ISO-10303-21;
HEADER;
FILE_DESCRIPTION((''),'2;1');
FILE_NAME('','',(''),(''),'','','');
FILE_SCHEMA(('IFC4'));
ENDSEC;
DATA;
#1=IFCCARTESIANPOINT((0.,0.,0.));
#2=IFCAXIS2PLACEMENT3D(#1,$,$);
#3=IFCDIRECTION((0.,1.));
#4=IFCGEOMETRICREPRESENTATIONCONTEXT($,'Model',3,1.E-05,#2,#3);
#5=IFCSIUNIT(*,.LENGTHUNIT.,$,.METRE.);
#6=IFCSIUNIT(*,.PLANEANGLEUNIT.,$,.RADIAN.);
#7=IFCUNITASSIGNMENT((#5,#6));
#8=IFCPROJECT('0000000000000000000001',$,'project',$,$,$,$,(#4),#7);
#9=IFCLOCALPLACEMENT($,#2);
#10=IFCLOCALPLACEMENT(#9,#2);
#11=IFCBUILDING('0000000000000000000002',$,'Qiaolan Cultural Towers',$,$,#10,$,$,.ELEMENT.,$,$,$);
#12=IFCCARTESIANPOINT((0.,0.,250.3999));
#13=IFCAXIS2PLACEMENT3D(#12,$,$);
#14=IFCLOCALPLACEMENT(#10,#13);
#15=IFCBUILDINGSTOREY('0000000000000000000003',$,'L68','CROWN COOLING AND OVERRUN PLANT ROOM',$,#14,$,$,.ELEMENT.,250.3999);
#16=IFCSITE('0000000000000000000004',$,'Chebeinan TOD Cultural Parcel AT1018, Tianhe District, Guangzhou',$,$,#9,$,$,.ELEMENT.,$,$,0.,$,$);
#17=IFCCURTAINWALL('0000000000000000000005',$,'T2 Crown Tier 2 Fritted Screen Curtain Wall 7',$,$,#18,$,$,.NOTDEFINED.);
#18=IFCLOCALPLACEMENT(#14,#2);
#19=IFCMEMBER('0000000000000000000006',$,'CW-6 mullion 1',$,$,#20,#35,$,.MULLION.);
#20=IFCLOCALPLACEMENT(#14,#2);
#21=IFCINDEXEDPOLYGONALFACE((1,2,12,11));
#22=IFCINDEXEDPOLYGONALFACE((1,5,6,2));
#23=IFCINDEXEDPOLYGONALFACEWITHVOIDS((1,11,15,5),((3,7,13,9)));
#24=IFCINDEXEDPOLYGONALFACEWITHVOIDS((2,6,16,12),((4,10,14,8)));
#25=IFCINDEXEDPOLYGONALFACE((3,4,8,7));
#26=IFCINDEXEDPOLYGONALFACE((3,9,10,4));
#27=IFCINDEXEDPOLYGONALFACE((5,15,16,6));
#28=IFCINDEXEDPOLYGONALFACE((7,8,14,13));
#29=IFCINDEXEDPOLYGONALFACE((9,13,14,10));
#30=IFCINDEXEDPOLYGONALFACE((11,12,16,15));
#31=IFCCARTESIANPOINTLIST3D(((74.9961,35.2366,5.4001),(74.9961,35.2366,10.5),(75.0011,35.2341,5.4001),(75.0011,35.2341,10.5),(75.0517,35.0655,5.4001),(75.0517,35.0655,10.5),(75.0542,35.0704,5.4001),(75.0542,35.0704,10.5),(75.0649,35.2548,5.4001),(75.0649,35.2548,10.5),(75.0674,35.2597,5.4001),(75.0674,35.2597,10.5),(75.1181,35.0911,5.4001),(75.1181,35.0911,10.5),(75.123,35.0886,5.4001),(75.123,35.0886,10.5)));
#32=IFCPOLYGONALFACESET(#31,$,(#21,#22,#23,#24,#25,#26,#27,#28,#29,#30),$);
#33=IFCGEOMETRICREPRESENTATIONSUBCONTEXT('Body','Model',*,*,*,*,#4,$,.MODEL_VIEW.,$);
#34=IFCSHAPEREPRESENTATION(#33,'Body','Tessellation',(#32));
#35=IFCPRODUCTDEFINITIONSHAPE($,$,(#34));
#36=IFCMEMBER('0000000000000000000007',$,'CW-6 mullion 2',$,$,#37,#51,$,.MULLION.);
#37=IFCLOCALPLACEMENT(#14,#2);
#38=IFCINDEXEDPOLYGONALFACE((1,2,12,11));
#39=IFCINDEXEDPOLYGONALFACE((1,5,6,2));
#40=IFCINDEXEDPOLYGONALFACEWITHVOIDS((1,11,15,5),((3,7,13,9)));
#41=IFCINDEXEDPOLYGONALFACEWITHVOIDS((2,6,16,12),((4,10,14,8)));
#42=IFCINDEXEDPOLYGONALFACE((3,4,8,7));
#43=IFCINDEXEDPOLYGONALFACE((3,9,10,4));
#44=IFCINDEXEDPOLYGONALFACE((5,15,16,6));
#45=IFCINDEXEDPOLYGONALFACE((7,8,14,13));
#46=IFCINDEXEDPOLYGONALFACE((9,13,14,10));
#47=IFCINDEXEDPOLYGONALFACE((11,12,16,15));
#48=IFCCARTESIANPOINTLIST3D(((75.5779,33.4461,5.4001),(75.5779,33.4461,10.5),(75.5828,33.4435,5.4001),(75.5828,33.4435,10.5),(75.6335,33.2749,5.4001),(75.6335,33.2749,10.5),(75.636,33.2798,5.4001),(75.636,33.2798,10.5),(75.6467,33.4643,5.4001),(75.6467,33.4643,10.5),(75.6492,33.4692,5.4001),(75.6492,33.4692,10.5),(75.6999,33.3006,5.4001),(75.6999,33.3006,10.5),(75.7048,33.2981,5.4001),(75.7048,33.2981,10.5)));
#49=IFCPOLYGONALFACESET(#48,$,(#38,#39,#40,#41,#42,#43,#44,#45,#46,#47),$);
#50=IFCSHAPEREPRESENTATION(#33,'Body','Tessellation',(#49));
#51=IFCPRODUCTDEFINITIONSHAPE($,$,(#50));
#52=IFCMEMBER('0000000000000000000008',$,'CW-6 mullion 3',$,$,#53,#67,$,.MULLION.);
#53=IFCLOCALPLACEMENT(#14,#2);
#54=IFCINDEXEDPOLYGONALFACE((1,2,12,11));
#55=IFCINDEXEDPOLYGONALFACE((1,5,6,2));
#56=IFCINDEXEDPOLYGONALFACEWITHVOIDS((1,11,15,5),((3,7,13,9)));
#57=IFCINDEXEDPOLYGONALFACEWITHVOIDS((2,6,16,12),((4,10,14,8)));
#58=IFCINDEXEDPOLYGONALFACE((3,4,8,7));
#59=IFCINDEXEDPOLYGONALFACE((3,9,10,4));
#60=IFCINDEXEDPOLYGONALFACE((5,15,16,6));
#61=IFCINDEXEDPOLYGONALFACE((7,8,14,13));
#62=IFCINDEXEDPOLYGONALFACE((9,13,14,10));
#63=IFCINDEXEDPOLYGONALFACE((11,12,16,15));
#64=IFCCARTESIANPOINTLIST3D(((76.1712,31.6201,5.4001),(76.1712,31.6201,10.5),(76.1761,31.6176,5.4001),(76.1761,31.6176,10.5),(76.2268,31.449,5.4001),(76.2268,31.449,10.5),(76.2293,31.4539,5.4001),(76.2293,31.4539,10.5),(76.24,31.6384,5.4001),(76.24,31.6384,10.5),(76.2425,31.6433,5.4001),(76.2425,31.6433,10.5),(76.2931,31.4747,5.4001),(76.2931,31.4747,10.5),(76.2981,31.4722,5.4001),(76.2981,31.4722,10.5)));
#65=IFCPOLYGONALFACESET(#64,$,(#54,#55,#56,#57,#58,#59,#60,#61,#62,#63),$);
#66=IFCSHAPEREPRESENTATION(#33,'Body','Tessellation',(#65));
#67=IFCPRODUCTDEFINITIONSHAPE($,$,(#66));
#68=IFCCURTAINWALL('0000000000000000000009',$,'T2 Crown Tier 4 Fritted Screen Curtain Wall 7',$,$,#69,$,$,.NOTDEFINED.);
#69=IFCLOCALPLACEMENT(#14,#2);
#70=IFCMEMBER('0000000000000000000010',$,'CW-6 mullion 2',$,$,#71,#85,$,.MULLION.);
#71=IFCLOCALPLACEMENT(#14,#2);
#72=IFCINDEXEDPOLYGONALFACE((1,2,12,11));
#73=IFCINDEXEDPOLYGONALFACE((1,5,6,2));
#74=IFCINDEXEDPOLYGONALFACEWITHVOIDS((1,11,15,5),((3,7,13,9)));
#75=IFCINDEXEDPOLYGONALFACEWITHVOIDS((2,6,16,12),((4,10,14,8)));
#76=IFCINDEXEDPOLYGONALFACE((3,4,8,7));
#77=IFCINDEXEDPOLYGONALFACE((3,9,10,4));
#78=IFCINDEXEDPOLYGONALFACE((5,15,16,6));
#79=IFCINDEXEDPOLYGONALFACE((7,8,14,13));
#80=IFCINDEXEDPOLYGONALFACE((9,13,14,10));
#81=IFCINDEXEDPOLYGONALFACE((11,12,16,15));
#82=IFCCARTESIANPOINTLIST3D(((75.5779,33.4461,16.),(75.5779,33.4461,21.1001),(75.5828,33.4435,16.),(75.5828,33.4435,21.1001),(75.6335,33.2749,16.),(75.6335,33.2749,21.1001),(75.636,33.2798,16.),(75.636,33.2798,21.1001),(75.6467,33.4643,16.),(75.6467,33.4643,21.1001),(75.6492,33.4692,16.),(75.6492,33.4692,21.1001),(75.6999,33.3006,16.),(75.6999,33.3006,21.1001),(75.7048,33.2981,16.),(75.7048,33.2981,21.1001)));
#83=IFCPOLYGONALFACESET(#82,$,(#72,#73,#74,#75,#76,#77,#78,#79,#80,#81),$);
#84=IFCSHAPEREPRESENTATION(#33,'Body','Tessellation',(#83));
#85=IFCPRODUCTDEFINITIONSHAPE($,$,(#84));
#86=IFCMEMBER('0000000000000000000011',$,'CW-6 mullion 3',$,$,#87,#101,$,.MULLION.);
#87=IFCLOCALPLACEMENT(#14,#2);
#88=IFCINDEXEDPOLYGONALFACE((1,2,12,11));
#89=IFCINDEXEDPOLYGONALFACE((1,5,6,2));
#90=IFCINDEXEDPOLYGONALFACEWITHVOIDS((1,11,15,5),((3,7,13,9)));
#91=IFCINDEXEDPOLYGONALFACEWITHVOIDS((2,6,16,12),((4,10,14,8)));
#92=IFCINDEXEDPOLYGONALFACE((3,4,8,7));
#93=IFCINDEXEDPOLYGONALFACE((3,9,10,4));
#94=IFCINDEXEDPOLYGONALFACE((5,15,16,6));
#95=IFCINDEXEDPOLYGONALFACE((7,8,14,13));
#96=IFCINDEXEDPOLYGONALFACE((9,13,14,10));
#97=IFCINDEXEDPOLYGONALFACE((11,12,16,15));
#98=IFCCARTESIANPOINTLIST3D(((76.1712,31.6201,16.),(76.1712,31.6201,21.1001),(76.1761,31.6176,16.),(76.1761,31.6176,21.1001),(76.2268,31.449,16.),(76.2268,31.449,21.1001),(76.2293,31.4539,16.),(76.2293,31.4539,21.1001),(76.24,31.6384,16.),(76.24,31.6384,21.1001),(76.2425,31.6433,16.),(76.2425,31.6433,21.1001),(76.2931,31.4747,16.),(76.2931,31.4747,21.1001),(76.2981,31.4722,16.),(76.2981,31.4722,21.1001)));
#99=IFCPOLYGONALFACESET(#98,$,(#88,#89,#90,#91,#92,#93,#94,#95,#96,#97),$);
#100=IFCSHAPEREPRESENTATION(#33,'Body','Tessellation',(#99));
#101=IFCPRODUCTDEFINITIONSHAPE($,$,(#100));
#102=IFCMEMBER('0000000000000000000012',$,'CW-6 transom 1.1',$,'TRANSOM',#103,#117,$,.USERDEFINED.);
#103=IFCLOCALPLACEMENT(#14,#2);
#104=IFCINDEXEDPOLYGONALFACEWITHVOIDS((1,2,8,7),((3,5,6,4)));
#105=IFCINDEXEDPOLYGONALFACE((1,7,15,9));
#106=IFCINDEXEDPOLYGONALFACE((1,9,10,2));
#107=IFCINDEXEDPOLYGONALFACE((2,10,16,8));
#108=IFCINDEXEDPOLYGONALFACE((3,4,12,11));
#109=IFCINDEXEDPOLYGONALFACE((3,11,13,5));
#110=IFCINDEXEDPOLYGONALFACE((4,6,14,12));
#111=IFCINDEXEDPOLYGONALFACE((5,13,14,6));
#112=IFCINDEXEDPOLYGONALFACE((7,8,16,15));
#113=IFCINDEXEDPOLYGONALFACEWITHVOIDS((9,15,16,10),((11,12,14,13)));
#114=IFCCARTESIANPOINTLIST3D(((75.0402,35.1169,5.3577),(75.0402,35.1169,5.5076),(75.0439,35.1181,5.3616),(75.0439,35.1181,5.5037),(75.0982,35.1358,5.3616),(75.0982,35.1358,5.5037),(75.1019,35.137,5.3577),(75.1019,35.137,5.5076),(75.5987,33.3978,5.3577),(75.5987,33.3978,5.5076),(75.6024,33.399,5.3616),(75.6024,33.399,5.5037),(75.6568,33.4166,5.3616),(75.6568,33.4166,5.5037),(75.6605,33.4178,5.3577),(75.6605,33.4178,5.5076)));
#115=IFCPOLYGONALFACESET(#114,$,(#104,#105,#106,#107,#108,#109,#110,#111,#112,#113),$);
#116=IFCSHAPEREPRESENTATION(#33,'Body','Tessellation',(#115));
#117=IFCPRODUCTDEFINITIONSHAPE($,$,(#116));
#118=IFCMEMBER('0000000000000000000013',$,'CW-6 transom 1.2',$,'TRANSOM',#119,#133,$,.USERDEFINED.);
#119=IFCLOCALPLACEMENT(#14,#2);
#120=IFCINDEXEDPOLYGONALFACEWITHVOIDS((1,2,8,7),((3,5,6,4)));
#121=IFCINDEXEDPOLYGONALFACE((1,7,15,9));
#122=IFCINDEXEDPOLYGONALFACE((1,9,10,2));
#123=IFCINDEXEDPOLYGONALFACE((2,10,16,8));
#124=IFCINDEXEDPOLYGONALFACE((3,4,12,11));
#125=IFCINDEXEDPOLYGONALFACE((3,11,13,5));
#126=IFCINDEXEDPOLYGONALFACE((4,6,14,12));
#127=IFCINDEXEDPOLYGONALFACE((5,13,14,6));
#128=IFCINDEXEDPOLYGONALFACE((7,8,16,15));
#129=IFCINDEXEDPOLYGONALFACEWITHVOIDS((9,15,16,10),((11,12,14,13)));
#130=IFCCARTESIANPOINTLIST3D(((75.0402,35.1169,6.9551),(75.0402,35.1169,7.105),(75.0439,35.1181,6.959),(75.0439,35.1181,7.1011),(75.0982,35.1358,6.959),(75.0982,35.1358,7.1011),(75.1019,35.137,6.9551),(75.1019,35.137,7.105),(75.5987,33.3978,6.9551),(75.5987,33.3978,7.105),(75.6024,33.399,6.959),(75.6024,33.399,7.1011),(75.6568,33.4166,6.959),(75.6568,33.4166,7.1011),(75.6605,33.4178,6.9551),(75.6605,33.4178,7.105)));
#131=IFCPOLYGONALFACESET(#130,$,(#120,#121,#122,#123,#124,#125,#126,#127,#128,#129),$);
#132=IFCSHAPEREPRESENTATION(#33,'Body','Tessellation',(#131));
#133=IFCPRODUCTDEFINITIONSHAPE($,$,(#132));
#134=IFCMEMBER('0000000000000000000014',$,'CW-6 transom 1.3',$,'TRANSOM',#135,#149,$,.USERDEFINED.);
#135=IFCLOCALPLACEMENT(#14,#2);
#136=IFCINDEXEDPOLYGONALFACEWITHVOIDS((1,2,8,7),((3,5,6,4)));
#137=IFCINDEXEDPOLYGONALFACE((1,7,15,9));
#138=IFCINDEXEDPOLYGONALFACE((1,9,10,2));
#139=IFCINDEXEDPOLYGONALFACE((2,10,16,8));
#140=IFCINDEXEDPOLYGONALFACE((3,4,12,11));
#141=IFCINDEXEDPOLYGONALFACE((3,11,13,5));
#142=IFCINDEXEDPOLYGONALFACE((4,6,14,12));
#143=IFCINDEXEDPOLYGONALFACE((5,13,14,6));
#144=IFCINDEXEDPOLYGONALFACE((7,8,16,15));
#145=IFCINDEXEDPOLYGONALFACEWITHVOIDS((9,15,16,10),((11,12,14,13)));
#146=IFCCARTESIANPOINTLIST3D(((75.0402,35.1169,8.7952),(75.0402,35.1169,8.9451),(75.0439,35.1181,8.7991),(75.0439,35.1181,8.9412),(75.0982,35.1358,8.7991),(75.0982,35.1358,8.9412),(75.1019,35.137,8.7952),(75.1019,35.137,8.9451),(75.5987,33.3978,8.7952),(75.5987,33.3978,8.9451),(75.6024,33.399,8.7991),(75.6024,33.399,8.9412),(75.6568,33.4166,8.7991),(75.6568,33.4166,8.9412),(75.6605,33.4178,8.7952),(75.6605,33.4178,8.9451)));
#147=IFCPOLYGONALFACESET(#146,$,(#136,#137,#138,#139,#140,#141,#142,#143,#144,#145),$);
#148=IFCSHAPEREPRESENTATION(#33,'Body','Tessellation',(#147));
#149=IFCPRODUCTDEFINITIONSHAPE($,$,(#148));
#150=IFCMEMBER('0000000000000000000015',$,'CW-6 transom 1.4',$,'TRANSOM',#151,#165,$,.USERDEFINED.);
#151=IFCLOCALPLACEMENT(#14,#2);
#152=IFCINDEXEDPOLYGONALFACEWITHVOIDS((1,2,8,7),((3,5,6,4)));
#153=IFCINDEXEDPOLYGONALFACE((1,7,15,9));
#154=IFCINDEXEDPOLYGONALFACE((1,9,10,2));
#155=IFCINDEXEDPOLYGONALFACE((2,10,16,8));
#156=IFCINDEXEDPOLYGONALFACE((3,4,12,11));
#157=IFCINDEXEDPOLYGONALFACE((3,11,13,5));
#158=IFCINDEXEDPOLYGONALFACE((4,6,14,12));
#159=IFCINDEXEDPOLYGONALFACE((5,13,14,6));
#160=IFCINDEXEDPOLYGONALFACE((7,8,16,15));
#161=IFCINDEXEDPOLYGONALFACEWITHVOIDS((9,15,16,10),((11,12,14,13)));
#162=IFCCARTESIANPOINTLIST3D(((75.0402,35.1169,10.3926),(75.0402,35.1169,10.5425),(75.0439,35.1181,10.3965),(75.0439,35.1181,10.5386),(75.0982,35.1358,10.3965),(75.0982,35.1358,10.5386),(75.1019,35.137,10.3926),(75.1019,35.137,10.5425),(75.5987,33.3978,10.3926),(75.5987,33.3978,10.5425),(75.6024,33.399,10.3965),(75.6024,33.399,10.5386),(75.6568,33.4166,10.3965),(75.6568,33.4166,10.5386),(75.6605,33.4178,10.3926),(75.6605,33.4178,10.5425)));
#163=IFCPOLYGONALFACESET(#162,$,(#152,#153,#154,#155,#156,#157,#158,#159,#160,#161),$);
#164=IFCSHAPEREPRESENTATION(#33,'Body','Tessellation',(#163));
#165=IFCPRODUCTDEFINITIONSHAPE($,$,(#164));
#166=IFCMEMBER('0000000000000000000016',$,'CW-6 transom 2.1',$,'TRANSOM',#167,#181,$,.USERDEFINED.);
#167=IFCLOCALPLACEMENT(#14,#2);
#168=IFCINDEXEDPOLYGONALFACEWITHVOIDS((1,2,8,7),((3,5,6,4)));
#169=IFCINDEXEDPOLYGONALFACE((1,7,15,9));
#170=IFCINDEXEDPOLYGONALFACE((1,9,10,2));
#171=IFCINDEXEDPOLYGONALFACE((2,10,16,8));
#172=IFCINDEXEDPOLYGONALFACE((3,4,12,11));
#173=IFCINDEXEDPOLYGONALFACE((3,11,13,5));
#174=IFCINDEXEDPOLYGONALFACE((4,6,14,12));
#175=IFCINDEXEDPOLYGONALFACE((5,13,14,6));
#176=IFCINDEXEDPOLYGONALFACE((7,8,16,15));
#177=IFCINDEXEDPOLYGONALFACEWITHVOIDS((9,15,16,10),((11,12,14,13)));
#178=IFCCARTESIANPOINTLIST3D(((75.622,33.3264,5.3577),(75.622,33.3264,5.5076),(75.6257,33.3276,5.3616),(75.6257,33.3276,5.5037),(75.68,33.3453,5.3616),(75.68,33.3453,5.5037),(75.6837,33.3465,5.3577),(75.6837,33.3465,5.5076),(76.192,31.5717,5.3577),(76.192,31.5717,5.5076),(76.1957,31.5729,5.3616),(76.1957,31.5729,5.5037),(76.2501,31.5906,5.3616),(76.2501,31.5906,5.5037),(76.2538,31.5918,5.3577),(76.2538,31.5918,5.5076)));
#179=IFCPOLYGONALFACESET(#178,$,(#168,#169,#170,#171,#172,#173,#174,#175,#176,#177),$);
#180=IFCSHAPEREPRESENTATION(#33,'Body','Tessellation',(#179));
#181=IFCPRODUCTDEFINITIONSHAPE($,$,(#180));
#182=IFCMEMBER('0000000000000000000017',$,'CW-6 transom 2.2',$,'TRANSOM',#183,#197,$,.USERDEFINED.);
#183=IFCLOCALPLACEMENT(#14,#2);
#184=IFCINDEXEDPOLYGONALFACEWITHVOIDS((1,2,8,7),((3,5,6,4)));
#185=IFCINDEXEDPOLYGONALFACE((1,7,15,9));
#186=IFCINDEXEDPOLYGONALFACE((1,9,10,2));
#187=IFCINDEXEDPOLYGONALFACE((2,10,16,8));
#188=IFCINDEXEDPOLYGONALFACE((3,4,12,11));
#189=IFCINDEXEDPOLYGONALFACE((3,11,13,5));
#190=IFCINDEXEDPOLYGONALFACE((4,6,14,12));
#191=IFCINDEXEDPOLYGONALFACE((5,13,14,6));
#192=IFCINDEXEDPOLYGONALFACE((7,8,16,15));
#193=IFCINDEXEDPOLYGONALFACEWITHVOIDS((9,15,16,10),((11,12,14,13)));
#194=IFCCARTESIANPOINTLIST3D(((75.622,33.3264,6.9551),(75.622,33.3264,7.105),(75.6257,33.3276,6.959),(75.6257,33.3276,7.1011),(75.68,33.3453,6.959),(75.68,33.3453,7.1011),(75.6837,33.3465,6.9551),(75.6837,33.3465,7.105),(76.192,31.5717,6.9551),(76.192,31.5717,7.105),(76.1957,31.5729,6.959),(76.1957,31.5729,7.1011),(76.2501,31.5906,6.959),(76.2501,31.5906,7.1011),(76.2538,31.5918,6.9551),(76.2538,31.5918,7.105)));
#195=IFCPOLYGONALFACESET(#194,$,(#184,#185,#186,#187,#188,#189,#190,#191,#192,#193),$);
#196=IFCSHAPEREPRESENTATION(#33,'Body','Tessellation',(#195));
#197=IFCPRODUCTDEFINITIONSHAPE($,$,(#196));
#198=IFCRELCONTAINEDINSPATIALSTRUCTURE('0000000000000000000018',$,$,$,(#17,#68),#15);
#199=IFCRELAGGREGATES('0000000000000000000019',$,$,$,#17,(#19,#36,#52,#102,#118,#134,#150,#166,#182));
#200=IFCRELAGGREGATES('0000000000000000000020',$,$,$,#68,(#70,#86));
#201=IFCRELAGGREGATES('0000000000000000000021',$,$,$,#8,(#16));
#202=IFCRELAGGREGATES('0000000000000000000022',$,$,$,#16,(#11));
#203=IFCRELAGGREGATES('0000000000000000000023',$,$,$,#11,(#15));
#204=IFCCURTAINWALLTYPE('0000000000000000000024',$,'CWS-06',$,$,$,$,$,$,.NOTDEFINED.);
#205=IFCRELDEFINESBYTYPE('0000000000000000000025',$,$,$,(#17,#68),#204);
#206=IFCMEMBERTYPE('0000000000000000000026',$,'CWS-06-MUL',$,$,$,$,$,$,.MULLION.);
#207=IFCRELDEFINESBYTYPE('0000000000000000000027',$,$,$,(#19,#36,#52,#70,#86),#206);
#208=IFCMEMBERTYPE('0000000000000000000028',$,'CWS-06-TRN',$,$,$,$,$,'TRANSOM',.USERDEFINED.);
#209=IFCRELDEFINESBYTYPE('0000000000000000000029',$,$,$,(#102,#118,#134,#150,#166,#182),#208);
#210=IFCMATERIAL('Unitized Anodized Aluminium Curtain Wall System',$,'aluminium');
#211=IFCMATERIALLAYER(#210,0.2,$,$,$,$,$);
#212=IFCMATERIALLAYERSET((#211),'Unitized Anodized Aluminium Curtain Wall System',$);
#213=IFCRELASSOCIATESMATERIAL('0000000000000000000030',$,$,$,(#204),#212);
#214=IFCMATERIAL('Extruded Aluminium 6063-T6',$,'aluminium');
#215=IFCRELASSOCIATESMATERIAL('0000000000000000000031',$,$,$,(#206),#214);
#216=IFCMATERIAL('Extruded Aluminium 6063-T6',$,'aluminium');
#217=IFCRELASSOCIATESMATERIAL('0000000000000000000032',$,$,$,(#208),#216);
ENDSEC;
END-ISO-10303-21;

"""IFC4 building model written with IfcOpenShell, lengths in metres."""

from ifc_helpers import new_model, si_unit, direction, frame, origin, origin_2d, place, context, subcontext, project, spatial, hollow_rectangle, extrude, material, layer, layer_set, material_profile, profile_set, type_object, element, aggregate, save


model = new_model("IFC4")

# Units and contexts
model_context = context("Model", 3, precision=1e-05, world=origin(), true_north=direction((0.0, 1.0)))
body_context = subcontext(model_context, "Body", "Model", "MODEL_VIEW")
ifc_project = project(units=[si_unit("LENGTHUNIT", "METRE"), si_unit("PLANEANGLEUNIT", "RADIAN")], contexts=[model_context])

# Site, building, storey
site_placement = place(None, origin())
site = spatial("IfcSite", under=ifc_project, at=site_placement, Name="Chebeinan TOD Cultural Parcel AT1018, Tianhe District, Guangzhou", CompositionType="ELEMENT", RefElevation=0.0)
building_placement = place(site_placement, origin())
building = spatial("IfcBuilding", under=site, at=building_placement, Name="Qiaolan Cultural Towers", CompositionType="ELEMENT")
storey_placement = place(building_placement, frame((0.0, 0.0, 250.3999)))
storey = spatial("IfcBuildingStorey", under=building, at=storey_placement, Name="L68", Description="CROWN COOLING AND OVERRUN PLANT ROOM", CompositionType="ELEMENT", Elevation=250.3999)

# Curtain walls, members
ifc_material_1 = material(Name="Unitized Anodized Aluminium Curtain Wall System", Category="aluminium")
ifc_layer_1 = layer(ifc_material_1, 0.2)
ifc_layer_set_1 = layer_set([ifc_layer_1], Name="Unitized Anodized Aluminium Curtain Wall System")
curtain_wall_type = type_object("IfcCurtainWallType", Name="CWS-06", PredefinedType="NOTDEFINED", material=ifc_layer_set_1)
curtain_wall_1_placement = place(storey_placement, origin())
curtain_wall_1 = element("IfcCurtainWall", 1, at=curtain_wall_1_placement, inside=storey, type_object=curtain_wall_type, Name="T2 Crown Tier 2 Fritted Screen Curtain Wall 7", PredefinedType="NOTDEFINED")
ifc_material_2 = material(Name="Extruded Aluminium 6063-T6", Category="aluminium")
ifc_material_profile_1 = material_profile(ifc_material_2, hollow_rectangle(XDim=0.075, YDim=0.1799, WallThickness=0.0039, at=origin_2d()), Name="CWM-180x75x4")
ifc_profile_set_1 = profile_set([ifc_material_profile_1], Name="Extruded Aluminium 6063-T6")
member_type_1 = type_object("IfcMemberType", Name="CWS-06-MUL", PredefinedType="MULLION", material=ifc_profile_set_1)
member_1_placement = place(storey_placement, frame((75.0596, 35.1626, 5.4001), z_axis=(0.0, 0.0, 1.0), x_axis=(0.951057, 0.309017, 0.0)))
member_1 = element("IfcMember", 2, at=member_1_placement, type_object=member_type_1, Name="CW-6 mullion 1", PredefinedType="MULLION", context=body_context, shape_type="SweptSolid", body=[
    extrude(hollow_rectangle(XDim=0.075, YDim=0.1799, WallThickness=0.0039, at=origin_2d()), origin(), (0.0, 0.0, 1.0), 5.0999),
])
member_2_placement = place(storey_placement, frame((75.6414, 33.3721, 5.4001), z_axis=(0.0, 0.0, 1.0), x_axis=(0.951057, 0.309017, 0.0)))
member_2 = element("IfcMember", 3, at=member_2_placement, type_object=member_type_1, Name="CW-6 mullion 2", PredefinedType="MULLION", context=body_context, shape_type="SweptSolid", body=[
    extrude(hollow_rectangle(XDim=0.075, YDim=0.1799, WallThickness=0.0039, at=origin_2d()), origin(), (0.0, 0.0, 1.0), 5.0999),
])
member_3_placement = place(storey_placement, frame((76.2346, 31.5461, 5.4001), z_axis=(0.0, 0.0, 1.0), x_axis=(0.951057, 0.309017, 0.0)))
member_3 = element("IfcMember", 4, at=member_3_placement, type_object=member_type_1, Name="CW-6 mullion 3", PredefinedType="MULLION", context=body_context, shape_type="SweptSolid", body=[
    extrude(hollow_rectangle(XDim=0.075, YDim=0.1799, WallThickness=0.0039, at=origin_2d()), origin(), (0.0, 0.0, 1.0), 5.0999),
])
curtain_wall_2_placement = place(storey_placement, origin())
curtain_wall_2 = element("IfcCurtainWall", 5, at=curtain_wall_2_placement, inside=storey, type_object=curtain_wall_type, Name="T2 Crown Tier 4 Fritted Screen Curtain Wall 7", PredefinedType="NOTDEFINED")
member_4_placement = place(storey_placement, frame((75.6414, 33.3721, 16.0), z_axis=(0.0, 0.0, 1.0), x_axis=(0.951057, 0.309017, 0.0)))
member_4 = element("IfcMember", 6, at=member_4_placement, type_object=member_type_1, Name="CW-6 mullion 2", PredefinedType="MULLION", context=body_context, shape_type="SweptSolid", body=[
    extrude(hollow_rectangle(XDim=0.075, YDim=0.1799, WallThickness=0.0039, at=origin_2d()), origin(), (0.0, 0.0, 1.0), 5.1001),
])
member_5_placement = place(storey_placement, frame((76.2346, 31.5461, 16.0), z_axis=(0.0, 0.0, 1.0), x_axis=(0.951057, 0.309017, 0.0)))
member_5 = element("IfcMember", 7, at=member_5_placement, type_object=member_type_1, Name="CW-6 mullion 3", PredefinedType="MULLION", context=body_context, shape_type="SweptSolid", body=[
    extrude(hollow_rectangle(XDim=0.075, YDim=0.1799, WallThickness=0.0039, at=origin_2d()), origin(), (0.0, 0.0, 1.0), 5.1001),
])

# Members
ifc_material_3 = material(Name="Extruded Aluminium 6063-T6", Category="aluminium")
ifc_material_profile_2 = material_profile(ifc_material_3, hollow_rectangle(XDim=0.0649, YDim=0.1499, WallThickness=0.0039, at=origin_2d()), Name="CWT-150x65x4")
ifc_profile_set_2 = profile_set([ifc_material_profile_2], Name="Extruded Aluminium 6063-T6")
member_type_2 = type_object("IfcMemberType", Name="CWS-06-TRN", ElementType="TRANSOM", PredefinedType="USERDEFINED", material=ifc_profile_set_2)
member_6_placement = place(storey_placement, frame((75.071, 35.127, 5.4326), z_axis=(0.309007, -0.95106, 0.0), x_axis=(0.95106, 0.309007, 0.0)))
member_6 = element("IfcMember", 8, at=member_6_placement, type_object=member_type_2, Name="CW-6 transom 1.1", ObjectType="TRANSOM", PredefinedType="USERDEFINED", context=body_context, shape_type="SweptSolid", body=[
    extrude(hollow_rectangle(XDim=0.0649, YDim=0.1499, WallThickness=0.0039, at=origin_2d()), origin(), (0.0, 0.0, 1.0), 1.8076),
])
member_7_placement = place(storey_placement, frame((75.071, 35.127, 7.03), z_axis=(0.309007, -0.95106, 0.0), x_axis=(0.95106, 0.309007, 0.0)))
member_7 = element("IfcMember", 9, at=member_7_placement, type_object=member_type_2, Name="CW-6 transom 1.2", ObjectType="TRANSOM", PredefinedType="USERDEFINED", context=body_context, shape_type="SweptSolid", body=[
    extrude(hollow_rectangle(XDim=0.0649, YDim=0.1499, WallThickness=0.0039, at=origin_2d()), origin(), (0.0, 0.0, 1.0), 1.8076),
])
member_8_placement = place(storey_placement, frame((75.071, 35.127, 8.8701), z_axis=(0.309007, -0.95106, 0.0), x_axis=(0.95106, 0.309007, 0.0)))
member_8 = element("IfcMember", 10, at=member_8_placement, type_object=member_type_2, Name="CW-6 transom 1.3", ObjectType="TRANSOM", PredefinedType="USERDEFINED", context=body_context, shape_type="SweptSolid", body=[
    extrude(hollow_rectangle(XDim=0.0649, YDim=0.1499, WallThickness=0.0039, at=origin_2d()), origin(), (0.0, 0.0, 1.0), 1.8076),
])
member_9_placement = place(storey_placement, frame((75.071, 35.127, 10.4675), z_axis=(0.309007, -0.95106, 0.0), x_axis=(0.95106, 0.309007, 0.0)))
member_9 = element("IfcMember", 11, at=member_9_placement, type_object=member_type_2, Name="CW-6 transom 1.4", ObjectType="TRANSOM", PredefinedType="USERDEFINED", context=body_context, shape_type="SweptSolid", body=[
    extrude(hollow_rectangle(XDim=0.0649, YDim=0.1499, WallThickness=0.0039, at=origin_2d()), origin(), (0.0, 0.0, 1.0), 1.8076),
])
member_10_placement = place(storey_placement, frame((75.6528, 33.3364, 5.4326), z_axis=(0.308993, -0.951064, 0.0), x_axis=(0.951064, 0.308993, 0.0)))
member_10 = element("IfcMember", 12, at=member_10_placement, type_object=member_type_2, Name="CW-6 transom 2.1", ObjectType="TRANSOM", PredefinedType="USERDEFINED", context=body_context, shape_type="SweptSolid", body=[
    extrude(hollow_rectangle(XDim=0.0649, YDim=0.1499, WallThickness=0.0039, at=origin_2d()), origin(), (0.0, 0.0, 1.0), 1.845),
])
member_11_placement = place(storey_placement, frame((75.6528, 33.3364, 7.03), z_axis=(0.308993, -0.951064, 0.0), x_axis=(0.951064, 0.308993, 0.0)))
member_11 = element("IfcMember", 13, at=member_11_placement, type_object=member_type_2, Name="CW-6 transom 2.2", ObjectType="TRANSOM", PredefinedType="USERDEFINED", context=body_context, shape_type="SweptSolid", body=[
    extrude(hollow_rectangle(XDim=0.0649, YDim=0.1499, WallThickness=0.0039, at=origin_2d()), origin(), (0.0, 0.0, 1.0), 1.845),
])

aggregate(curtain_wall_1, [member_1, member_2, member_3, member_6, member_7, member_8, member_9, member_10, member_11])
aggregate(curtain_wall_2, [member_4, member_5])

save(model, "model.ifc")
